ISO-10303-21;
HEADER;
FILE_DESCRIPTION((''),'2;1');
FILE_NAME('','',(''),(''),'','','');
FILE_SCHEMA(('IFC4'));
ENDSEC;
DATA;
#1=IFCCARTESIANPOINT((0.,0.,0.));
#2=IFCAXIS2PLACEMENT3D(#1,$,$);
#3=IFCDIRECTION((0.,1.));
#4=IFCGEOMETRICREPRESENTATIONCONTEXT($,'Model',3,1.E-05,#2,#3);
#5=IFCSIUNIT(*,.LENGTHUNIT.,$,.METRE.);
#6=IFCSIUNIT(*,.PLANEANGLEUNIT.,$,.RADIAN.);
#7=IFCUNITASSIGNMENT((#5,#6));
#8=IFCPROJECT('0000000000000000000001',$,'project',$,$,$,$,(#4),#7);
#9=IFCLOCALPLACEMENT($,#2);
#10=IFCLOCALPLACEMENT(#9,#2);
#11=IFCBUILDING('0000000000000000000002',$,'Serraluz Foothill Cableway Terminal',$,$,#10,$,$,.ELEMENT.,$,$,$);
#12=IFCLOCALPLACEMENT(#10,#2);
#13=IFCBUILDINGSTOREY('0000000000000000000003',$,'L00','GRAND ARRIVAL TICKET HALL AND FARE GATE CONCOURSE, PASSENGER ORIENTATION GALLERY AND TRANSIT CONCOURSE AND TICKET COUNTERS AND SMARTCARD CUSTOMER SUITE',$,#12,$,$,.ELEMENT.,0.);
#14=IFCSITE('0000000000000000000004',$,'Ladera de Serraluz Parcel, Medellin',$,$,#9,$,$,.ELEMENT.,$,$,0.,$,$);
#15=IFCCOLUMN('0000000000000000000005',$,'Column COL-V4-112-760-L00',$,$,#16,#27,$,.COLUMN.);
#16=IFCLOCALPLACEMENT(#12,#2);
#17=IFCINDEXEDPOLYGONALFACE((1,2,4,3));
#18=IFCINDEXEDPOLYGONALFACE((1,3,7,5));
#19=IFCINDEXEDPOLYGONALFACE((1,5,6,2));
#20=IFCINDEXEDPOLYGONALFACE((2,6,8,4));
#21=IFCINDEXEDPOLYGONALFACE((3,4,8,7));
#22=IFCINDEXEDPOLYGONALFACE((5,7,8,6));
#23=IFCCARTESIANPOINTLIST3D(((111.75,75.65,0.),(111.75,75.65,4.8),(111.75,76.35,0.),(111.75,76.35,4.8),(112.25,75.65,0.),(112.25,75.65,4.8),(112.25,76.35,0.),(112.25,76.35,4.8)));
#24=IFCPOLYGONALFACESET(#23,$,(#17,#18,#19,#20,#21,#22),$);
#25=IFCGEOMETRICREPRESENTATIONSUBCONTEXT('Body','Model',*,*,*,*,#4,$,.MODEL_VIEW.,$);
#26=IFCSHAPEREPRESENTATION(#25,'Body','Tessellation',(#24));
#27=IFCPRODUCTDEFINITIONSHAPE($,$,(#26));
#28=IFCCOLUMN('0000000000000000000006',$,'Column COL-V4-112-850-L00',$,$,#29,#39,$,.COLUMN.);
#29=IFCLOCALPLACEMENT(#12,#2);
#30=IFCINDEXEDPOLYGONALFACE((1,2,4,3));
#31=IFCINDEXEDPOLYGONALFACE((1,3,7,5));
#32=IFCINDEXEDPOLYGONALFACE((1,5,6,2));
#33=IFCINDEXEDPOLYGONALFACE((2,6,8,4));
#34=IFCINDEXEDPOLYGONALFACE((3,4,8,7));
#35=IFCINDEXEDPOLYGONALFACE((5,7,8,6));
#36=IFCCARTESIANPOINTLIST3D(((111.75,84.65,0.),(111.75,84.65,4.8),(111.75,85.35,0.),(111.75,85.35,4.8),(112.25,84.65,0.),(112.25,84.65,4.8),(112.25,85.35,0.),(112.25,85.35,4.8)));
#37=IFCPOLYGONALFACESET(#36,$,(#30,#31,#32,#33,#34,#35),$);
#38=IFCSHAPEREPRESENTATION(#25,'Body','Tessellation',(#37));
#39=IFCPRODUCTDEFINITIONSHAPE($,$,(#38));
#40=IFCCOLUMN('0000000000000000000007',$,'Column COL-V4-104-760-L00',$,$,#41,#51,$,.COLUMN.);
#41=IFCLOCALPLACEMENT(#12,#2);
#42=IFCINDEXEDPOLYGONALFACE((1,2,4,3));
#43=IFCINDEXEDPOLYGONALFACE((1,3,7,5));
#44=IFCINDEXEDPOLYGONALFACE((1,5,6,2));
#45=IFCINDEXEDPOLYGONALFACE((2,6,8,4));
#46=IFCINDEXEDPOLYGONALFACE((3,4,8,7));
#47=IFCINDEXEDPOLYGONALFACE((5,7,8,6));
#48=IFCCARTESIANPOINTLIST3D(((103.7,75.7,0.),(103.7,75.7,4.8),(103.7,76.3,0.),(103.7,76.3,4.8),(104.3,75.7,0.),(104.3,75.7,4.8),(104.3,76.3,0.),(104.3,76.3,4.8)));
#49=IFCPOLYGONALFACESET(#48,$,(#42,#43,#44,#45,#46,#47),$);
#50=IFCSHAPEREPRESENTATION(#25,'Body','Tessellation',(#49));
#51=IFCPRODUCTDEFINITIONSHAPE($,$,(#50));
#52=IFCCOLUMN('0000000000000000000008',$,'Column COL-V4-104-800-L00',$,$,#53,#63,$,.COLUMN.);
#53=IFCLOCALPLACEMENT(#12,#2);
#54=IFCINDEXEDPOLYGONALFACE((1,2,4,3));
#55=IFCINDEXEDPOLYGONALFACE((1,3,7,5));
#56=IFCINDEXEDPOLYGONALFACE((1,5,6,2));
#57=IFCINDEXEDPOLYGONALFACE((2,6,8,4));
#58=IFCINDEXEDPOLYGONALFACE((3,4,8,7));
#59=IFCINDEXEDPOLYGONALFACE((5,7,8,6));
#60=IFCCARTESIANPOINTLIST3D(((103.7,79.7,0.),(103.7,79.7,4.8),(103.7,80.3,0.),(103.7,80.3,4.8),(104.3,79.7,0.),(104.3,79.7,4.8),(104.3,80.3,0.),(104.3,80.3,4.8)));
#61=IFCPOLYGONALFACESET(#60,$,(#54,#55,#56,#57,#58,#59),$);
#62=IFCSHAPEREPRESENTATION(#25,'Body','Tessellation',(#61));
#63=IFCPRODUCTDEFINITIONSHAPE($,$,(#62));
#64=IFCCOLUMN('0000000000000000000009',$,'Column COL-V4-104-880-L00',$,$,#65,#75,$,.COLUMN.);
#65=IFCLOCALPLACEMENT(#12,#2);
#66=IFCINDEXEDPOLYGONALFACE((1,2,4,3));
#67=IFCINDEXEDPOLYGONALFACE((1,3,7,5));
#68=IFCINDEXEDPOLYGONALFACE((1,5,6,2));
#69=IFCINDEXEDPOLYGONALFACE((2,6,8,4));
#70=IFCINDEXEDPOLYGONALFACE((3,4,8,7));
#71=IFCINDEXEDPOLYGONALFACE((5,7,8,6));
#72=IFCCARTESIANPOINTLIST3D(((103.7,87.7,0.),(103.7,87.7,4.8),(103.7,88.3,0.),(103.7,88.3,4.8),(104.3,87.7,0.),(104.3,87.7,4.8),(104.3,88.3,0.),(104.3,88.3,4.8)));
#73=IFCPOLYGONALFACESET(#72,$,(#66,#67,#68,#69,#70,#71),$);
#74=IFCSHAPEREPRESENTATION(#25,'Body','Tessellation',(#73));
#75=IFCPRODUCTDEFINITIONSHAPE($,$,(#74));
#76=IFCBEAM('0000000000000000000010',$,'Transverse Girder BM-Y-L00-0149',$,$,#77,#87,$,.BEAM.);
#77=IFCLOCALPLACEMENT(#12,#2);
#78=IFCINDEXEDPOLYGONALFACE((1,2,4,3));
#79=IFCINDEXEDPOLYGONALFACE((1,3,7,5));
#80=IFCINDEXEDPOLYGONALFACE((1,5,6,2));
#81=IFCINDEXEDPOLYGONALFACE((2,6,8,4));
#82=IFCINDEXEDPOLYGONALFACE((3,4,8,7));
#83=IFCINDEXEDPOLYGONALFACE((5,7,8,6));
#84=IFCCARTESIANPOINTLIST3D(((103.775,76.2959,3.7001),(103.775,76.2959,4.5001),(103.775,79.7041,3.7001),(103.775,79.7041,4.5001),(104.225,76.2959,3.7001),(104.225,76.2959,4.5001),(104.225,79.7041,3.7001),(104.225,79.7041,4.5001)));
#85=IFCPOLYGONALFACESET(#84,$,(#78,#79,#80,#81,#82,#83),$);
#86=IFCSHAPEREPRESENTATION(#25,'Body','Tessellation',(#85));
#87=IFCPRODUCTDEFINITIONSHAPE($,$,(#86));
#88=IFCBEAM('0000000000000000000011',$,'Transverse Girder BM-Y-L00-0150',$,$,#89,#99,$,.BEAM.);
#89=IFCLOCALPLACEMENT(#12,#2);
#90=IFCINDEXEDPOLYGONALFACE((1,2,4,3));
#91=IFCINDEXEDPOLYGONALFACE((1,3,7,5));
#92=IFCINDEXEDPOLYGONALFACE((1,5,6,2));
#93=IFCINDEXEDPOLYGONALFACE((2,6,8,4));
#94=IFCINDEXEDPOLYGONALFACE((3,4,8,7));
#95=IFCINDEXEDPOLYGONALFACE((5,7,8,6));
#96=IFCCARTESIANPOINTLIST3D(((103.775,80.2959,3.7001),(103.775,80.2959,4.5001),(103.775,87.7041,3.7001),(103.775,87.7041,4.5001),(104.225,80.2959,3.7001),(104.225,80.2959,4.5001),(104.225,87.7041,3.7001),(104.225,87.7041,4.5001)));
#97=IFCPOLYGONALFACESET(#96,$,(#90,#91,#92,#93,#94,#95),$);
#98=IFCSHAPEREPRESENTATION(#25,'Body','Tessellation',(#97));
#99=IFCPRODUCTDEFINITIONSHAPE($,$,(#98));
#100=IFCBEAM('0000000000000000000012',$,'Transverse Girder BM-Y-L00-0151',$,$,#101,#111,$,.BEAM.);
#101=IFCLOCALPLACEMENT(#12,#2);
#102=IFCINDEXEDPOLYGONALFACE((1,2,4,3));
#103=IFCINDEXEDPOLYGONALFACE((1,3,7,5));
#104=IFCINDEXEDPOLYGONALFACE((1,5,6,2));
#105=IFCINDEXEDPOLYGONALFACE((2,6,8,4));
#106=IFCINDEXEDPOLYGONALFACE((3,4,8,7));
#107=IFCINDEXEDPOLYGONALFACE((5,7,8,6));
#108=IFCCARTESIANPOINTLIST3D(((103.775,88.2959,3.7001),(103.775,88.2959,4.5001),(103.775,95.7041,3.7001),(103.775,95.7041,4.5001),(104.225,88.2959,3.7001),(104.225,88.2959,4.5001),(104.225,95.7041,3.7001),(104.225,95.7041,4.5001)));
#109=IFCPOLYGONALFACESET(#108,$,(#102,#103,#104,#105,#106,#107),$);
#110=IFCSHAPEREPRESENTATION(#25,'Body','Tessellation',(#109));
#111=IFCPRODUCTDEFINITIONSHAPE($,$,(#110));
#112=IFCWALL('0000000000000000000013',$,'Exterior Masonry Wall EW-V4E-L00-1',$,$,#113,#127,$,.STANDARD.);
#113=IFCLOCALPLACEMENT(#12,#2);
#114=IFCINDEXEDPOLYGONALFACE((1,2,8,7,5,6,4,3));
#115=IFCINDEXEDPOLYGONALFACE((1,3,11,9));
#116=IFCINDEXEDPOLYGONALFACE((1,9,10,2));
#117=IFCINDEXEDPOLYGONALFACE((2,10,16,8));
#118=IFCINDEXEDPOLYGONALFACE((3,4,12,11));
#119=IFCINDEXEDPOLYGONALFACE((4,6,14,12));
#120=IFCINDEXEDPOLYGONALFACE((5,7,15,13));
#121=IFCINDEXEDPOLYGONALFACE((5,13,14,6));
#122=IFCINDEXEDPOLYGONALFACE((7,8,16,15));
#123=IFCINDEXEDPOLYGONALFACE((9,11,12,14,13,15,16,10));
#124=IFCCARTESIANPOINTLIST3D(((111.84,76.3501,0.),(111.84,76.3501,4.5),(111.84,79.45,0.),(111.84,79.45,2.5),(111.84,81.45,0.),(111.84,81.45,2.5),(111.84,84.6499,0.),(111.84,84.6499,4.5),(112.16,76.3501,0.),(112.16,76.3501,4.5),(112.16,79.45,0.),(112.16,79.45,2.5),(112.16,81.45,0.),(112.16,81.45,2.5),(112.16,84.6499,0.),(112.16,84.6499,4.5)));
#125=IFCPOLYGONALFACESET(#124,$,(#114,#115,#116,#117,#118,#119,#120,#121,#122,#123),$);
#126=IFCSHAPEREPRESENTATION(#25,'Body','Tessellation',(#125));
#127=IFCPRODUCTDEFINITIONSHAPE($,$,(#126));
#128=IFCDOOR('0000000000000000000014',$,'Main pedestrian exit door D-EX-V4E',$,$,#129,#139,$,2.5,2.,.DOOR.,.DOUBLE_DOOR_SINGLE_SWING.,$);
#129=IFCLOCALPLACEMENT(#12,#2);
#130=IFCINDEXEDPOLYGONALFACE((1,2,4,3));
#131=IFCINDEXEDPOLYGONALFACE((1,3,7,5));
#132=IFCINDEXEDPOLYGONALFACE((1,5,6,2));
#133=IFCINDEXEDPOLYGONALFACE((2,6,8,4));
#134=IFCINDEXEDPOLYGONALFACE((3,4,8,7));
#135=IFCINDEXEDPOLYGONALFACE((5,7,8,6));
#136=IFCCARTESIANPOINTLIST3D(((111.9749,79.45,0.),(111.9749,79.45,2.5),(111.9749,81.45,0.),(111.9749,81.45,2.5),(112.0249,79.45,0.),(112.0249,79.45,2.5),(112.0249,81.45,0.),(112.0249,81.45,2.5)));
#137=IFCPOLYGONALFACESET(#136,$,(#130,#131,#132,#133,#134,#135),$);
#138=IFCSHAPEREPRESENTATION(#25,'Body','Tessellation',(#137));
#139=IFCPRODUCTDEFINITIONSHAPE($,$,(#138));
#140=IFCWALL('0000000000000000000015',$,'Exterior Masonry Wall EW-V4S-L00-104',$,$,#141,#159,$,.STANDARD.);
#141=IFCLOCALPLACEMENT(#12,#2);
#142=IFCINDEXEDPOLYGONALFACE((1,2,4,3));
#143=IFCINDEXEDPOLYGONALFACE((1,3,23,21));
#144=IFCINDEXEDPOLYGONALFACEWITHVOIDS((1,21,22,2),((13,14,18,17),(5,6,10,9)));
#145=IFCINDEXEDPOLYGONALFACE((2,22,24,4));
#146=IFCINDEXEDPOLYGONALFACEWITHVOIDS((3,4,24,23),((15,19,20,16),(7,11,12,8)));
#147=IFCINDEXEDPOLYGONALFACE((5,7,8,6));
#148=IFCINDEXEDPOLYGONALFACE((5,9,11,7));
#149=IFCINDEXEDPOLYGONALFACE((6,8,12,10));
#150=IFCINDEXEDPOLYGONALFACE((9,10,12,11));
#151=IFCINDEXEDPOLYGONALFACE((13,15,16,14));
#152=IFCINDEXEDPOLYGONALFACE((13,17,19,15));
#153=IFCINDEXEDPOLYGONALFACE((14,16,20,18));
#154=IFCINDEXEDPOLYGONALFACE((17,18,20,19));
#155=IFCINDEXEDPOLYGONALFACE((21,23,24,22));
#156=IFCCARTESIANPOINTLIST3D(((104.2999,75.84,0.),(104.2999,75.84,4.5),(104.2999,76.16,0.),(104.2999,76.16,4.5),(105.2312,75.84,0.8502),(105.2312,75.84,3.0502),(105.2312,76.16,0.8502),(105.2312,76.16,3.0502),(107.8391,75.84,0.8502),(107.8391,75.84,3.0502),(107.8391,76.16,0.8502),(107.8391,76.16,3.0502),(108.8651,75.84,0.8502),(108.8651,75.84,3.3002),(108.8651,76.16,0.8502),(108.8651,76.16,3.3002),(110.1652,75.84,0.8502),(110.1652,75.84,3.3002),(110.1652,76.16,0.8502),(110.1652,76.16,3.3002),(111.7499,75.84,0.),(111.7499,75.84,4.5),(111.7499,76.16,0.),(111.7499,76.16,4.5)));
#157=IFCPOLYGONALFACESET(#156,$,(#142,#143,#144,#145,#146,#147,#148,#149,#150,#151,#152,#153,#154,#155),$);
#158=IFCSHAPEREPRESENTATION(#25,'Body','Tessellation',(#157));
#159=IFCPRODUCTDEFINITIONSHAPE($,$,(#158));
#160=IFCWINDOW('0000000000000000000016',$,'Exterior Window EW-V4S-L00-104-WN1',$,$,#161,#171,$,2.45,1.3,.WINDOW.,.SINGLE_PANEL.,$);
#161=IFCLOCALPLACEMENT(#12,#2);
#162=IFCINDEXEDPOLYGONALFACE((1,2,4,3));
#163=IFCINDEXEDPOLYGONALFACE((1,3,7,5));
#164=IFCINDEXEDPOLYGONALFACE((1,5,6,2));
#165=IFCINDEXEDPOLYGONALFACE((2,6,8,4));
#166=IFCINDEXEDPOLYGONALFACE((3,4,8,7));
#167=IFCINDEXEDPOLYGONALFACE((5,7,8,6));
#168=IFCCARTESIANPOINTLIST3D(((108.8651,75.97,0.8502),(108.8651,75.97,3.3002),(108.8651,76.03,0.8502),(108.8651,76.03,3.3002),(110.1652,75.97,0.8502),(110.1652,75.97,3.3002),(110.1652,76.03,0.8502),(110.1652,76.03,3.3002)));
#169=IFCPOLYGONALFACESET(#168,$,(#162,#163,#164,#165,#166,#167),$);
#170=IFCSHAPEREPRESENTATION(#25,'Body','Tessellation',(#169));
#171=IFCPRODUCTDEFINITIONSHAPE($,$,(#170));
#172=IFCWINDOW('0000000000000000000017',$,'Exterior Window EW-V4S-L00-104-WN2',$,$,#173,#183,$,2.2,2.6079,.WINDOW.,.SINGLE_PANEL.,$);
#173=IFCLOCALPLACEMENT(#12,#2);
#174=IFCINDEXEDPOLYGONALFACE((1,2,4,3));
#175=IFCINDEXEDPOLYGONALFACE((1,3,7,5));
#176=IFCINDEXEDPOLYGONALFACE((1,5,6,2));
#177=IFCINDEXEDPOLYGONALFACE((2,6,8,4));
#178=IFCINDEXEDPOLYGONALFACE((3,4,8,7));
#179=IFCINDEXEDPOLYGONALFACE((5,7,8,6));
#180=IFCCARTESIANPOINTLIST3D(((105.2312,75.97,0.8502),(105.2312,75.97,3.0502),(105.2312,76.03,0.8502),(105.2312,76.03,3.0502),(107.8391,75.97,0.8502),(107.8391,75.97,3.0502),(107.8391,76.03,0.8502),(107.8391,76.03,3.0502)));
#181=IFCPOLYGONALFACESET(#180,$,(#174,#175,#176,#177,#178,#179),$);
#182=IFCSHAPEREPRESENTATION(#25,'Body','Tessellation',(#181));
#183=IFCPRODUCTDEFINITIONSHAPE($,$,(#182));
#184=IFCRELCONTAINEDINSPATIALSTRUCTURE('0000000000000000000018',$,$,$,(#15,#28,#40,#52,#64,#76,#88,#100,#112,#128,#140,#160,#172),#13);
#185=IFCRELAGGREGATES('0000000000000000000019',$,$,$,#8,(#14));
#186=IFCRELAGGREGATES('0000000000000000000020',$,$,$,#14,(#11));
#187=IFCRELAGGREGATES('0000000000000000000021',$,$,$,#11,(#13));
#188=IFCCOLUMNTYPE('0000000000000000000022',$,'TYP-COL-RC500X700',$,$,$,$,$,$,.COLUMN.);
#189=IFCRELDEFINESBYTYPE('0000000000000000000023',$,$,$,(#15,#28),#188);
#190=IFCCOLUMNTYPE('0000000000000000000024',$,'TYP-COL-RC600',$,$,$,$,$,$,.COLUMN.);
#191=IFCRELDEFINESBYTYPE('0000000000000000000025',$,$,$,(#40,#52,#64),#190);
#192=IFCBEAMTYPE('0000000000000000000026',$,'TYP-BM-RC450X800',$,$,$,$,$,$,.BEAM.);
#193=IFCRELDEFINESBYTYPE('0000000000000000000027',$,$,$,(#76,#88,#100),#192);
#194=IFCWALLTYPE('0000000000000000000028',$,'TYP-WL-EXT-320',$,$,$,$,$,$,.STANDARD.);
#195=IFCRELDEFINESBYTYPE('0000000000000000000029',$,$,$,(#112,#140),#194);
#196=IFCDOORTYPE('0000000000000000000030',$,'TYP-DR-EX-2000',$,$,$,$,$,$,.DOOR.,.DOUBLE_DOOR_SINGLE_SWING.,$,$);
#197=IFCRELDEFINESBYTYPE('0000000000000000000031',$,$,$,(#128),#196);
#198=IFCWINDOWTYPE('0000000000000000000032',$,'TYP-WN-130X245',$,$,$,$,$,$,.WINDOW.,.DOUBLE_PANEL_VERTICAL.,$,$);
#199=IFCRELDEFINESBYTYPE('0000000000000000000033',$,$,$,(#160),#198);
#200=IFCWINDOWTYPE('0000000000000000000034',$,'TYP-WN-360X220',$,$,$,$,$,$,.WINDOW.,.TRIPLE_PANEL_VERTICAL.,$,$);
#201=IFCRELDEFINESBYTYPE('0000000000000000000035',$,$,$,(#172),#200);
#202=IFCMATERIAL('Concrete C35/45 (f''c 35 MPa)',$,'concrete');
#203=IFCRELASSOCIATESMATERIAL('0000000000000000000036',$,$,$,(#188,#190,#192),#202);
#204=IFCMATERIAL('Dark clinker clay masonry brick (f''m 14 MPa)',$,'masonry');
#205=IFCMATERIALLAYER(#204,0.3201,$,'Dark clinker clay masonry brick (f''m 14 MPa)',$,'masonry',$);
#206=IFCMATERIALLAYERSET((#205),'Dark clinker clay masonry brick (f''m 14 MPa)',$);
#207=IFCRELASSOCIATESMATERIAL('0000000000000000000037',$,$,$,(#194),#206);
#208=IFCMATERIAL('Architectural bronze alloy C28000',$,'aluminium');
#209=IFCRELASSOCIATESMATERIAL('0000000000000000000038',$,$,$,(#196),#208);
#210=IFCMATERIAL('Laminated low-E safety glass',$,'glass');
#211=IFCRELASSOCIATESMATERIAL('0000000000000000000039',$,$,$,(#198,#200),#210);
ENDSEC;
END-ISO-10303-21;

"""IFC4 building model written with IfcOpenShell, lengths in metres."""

from ifc_helpers import new_model, si_unit, direction, frame, frame_2d, origin, origin_2d, place, context, subcontext, project, spatial, rectangle, extrude, material, layer, layer_set, material_profile, profile_set, type_object, element, fill, save


model = new_model("IFC4")

# Units and contexts
model_context = context("Model", 3, precision=1e-05, world=origin(), true_north=direction((0.0, 1.0)))
body_context = subcontext(model_context, "Body", "Model", "MODEL_VIEW")
ifc_project = project(units=[si_unit("LENGTHUNIT", "METRE"), si_unit("PLANEANGLEUNIT", "RADIAN")], contexts=[model_context])

# Site, building, storey
site_placement = place(None, origin())
site = spatial("IfcSite", under=ifc_project, at=site_placement, Name="Ladera de Serraluz Parcel, Medellin", CompositionType="ELEMENT", RefElevation=0.0)
building_placement = place(site_placement, origin())
building = spatial("IfcBuilding", under=site, at=building_placement, Name="Serraluz Foothill Cableway Terminal", CompositionType="ELEMENT")
storey_placement = place(building_placement, origin())
storey = spatial("IfcBuildingStorey", under=building, at=storey_placement, Name="L00", Description="GRAND ARRIVAL TICKET HALL AND FARE GATE CONCOURSE, PASSENGER ORIENTATION GALLERY AND TRANSIT CONCOURSE AND TICKET COUNTERS AND SMARTCARD CUSTOMER SUITE", CompositionType="ELEMENT", Elevation=0.0)

# Columns
ifc_material_1 = material(Name="Concrete C35/45 (f'c 35 MPa)", Category="concrete")
ifc_material_profile_1 = material_profile(ifc_material_1, rectangle(XDim=0.5, YDim=0.7, at=origin_2d()), Name="RC 500x700")
ifc_profile_set_1 = profile_set([ifc_material_profile_1], Name="Concrete C35/45 (f'c 35 MPa)")
column_type_1 = type_object("IfcColumnType", Name="TYP-COL-RC500X700", PredefinedType="COLUMN", material=ifc_profile_set_1)
for number, where, z_axis, x_axis, name in (
    (1, (112.0, 76.0, 0.0), (0.0, 0.0, 1.0), (1.0, 0.0, 0.0), "Column COL-V4-112-760-L00"),
    (2, (112.0, 85.0, 0.0), (0.0, 0.0, 1.0), (1.0, 0.0, 0.0), "Column COL-V4-112-850-L00"),
):
    element("IfcColumn", number, at=place(storey_placement, frame(where, z_axis=z_axis, x_axis=x_axis)), inside=storey, type_object=column_type_1, Name=name, PredefinedType="COLUMN", context=body_context, shape_type="SweptSolid", body=[
        extrude(rectangle(XDim=0.5, YDim=0.7, at=origin_2d()), origin(), (0.0, 0.0, 1.0), 4.8),
    ])
ifc_material_profile_2 = material_profile(ifc_material_1, rectangle(XDim=0.6001, YDim=0.6001, at=origin_2d()), Name="RC 600x600")
ifc_profile_set_2 = profile_set([ifc_material_profile_2], Name="Concrete C35/45 (f'c 35 MPa)")
column_type_2 = type_object("IfcColumnType", Name="TYP-COL-RC600", PredefinedType="COLUMN", material=ifc_profile_set_2)
for number, where, z_axis, x_axis, name in (
    (3, (104.0, 76.0, 0.0), (0.0, 0.0, 1.0), (1.0, 0.0, 0.0), "Column COL-V4-104-760-L00"),
    (4, (104.0, 80.0, 0.0), (0.0, 0.0, 1.0), (1.0, 0.0, 0.0), "Column COL-V4-104-800-L00"),
    (5, (104.0, 88.0, 0.0), (0.0, 0.0, 1.0), (1.0, 0.0, 0.0), "Column COL-V4-104-880-L00"),
):
    element("IfcColumn", number, at=place(storey_placement, frame(where, z_axis=z_axis, x_axis=x_axis)), inside=storey, type_object=column_type_2, Name=name, PredefinedType="COLUMN", context=body_context, shape_type="SweptSolid", body=[
        extrude(rectangle(XDim=0.6001, YDim=0.6001, at=origin_2d()), origin(), (0.0, 0.0, 1.0), 4.8),
    ])

# Beams
ifc_material_profile_3 = material_profile(ifc_material_1, rectangle(XDim=0.45, YDim=0.8, at=origin_2d()), Name="RC 450x800")
ifc_profile_set_3 = profile_set([ifc_material_profile_3], Name="Concrete C35/45 (f'c 35 MPa)")
beam_type = type_object("IfcBeamType", Name="TYP-BM-RC450X800", PredefinedType="BEAM", material=ifc_profile_set_3)
beam_placement = place(storey_placement, frame((104.0, 76.2959, 4.1001), z_axis=(0.0, 1.0, 0.0), x_axis=(-1.0, 0.0, 0.0)))
element("IfcBeam", 6, at=beam_placement, inside=storey, type_object=beam_type, Name="Transverse Girder BM-Y-L00-0149", PredefinedType="BEAM", context=body_context, shape_type="SweptSolid", body=[
    extrude(rectangle(XDim=0.45, YDim=0.8, at=origin_2d()), origin(), (0.0, 0.0, 1.0), 3.4082),
])
for number, where, z_axis, x_axis, name in (
    (7, (104.0, 80.2959, 4.1001), (0.0, 1.0, 0.0), (-1.0, 0.0, 0.0), "Transverse Girder BM-Y-L00-0150"),
    (8, (104.0, 88.2959, 4.1001), (0.0, 1.0, 0.0), (-1.0, 0.0, 0.0), "Transverse Girder BM-Y-L00-0151"),
):
    element("IfcBeam", number, at=place(storey_placement, frame(where, z_axis=z_axis, x_axis=x_axis)), inside=storey, type_object=beam_type, Name=name, PredefinedType="BEAM", context=body_context, shape_type="SweptSolid", body=[
        extrude(rectangle(XDim=0.45, YDim=0.8, at=origin_2d()), origin(), (0.0, 0.0, 1.0), 7.4082),
    ])

# Wall, opening, door
ifc_material_2 = material(Name="Dark clinker clay masonry brick (f'm 14 MPa)", Category="masonry")
ifc_layer_1 = layer(ifc_material_2, 0.3201, Name="Dark clinker clay masonry brick (f'm 14 MPa)", Category="masonry")
ifc_layer_set_1 = layer_set([ifc_layer_1], Name="Dark clinker clay masonry brick (f'm 14 MPa)")
wall_type_1 = type_object("IfcWallType", Name="TYP-WL-EXT-320", PredefinedType="STANDARD", material=ifc_layer_set_1)
wall_1_placement = place(storey_placement, frame((112.0, 84.6499, 0.0), z_axis=(0.0, 0.0, 1.0), x_axis=(0.0, -1.0, 0.0)))
wall_1 = element("IfcWall", 9, at=wall_1_placement, inside=storey, type_object=wall_type_1, Name="Exterior Masonry Wall EW-V4E-L00-1", PredefinedType="STANDARD", context=body_context, shape_type="SweptSolid", body=[
    extrude(rectangle(XDim=8.2998, YDim=0.3201, at=frame_2d((4.1499, 0.0))), origin(), (0.0, 0.0, 1.0), 4.5),
])
opening_1_placement = place(wall_1_placement, frame((3.2, 0.0, 0.0)))
opening_1 = element("IfcOpeningElement", 10, at=opening_1_placement, cuts=wall_1, PredefinedType="OPENING", context=body_context, shape_type="SweptSolid", body=[
    extrude(rectangle(XDim=2.0, YDim=2.5, at=frame_2d((1.0, 1.25))), frame((0.0, 0.1699, 0.0), z_axis=(0.0, -1.0, 0.0), x_axis=(1.0, 0.0, 0.0)), (0.0, 0.0, 1.0), 0.3401),
])
ifc_material_3 = material(Name="Architectural bronze alloy C28000", Category="aluminium")
door_type = type_object("IfcDoorType", Name="TYP-DR-EX-2000", OperationType="DOUBLE_DOOR_SINGLE_SWING", PredefinedType="DOOR", material=ifc_material_3)
door_placement = place(opening_1_placement, origin())
door = element("IfcDoor", 11, at=door_placement, inside=storey, type_object=door_type, Name="Main pedestrian exit door D-EX-V4E", OperationType="DOUBLE_DOOR_SINGLE_SWING", OverallHeight=2.5, OverallWidth=2.0, PredefinedType="DOOR", context=body_context, shape_type="SweptSolid", body=[
    extrude(rectangle(XDim=2.0, YDim=2.5, at=frame_2d((1.0, 1.25))), frame((0.0, 0.0249, 0.0), z_axis=(0.0, -1.0, 0.0), x_axis=(1.0, 0.0, 0.0)), (0.0, 0.0, 1.0), 0.05),
])
fill(opening_1, door)

# Wall, openings, windows
wall_2_placement = place(storey_placement, frame((111.75, 76.0, 0.0), z_axis=(0.0, 0.0, 1.0), x_axis=(-1.0, 0.0, 0.0)))
wall_2 = element("IfcWall", 12, at=wall_2_placement, inside=storey, type_object=wall_type_1, Name="Exterior Masonry Wall EW-V4S-L00-104", PredefinedType="STANDARD", context=body_context, shape_type="SweptSolid", body=[
    extrude(rectangle(XDim=7.45, YDim=0.3201, at=frame_2d((3.7251, 0.0))), origin(), (0.0, 0.0, 1.0), 4.5),
])
opening_2_placement = place(wall_2_placement, frame((1.585, 0.0, 0.8501)))
opening_2 = element("IfcOpeningElement", 13, at=opening_2_placement, cuts=wall_2, PredefinedType="OPENING", context=body_context, shape_type="SweptSolid", body=[
    extrude(rectangle(XDim=1.3, YDim=2.45, at=frame_2d((0.6499, 1.2251))), frame((0.0, 0.1699, 0.0), z_axis=(0.0, -1.0, 0.0), x_axis=(1.0, 0.0, 0.0)), (0.0, 0.0, 1.0), 0.3401),
])
opening_3_placement = place(wall_2_placement, frame((3.9109, 0.0, 0.8501)))
opening_3 = element("IfcOpeningElement", 14, at=opening_3_placement, cuts=wall_2, PredefinedType="OPENING", context=body_context, shape_type="SweptSolid", body=[
    extrude(rectangle(XDim=2.6079, YDim=2.2, at=frame_2d((1.304, 1.1001))), frame((0.0, 0.1699, 0.0), z_axis=(0.0, -1.0, 0.0), x_axis=(1.0, 0.0, 0.0)), (0.0, 0.0, 1.0), 0.3401),
])
ifc_material_4 = material(Name="Laminated low-E safety glass", Category="glass")
window_type_1 = type_object("IfcWindowType", Name="TYP-WN-130X245", PartitioningType="DOUBLE_PANEL_VERTICAL", PredefinedType="WINDOW", material=ifc_material_4)
window_1_placement = place(opening_2_placement, origin())
window_1 = element("IfcWindow", 15, at=window_1_placement, inside=storey, type_object=window_type_1, Name="Exterior Window EW-V4S-L00-104-WN1", OverallHeight=2.45, OverallWidth=1.3, PartitioningType="SINGLE_PANEL", PredefinedType="WINDOW", context=body_context, shape_type="SweptSolid", body=[
    extrude(rectangle(XDim=1.3, YDim=2.45, at=frame_2d((0.6499, 1.2251))), frame((0.0, 0.03, 0.0), z_axis=(0.0, -1.0, 0.0), x_axis=(1.0, 0.0, 0.0)), (0.0, 0.0, 1.0), 0.0601),
])
fill(opening_2, window_1)
window_type_2 = type_object("IfcWindowType", Name="TYP-WN-360X220", PartitioningType="TRIPLE_PANEL_VERTICAL", PredefinedType="WINDOW", material=ifc_material_4)
window_2_placement = place(opening_3_placement, origin())
window_2 = element("IfcWindow", 16, at=window_2_placement, inside=storey, type_object=window_type_2, Name="Exterior Window EW-V4S-L00-104-WN2", OverallHeight=2.2, OverallWidth=2.6079, PartitioningType="SINGLE_PANEL", PredefinedType="WINDOW", context=body_context, shape_type="SweptSolid", body=[
    extrude(rectangle(XDim=2.6079, YDim=2.2, at=frame_2d((1.304, 1.1001))), frame((0.0, 0.03, 0.0), z_axis=(0.0, -1.0, 0.0), x_axis=(1.0, 0.0, 0.0)), (0.0, 0.0, 1.0), 0.0601),
])
fill(opening_3, window_2)

save(model, "model.ifc")
